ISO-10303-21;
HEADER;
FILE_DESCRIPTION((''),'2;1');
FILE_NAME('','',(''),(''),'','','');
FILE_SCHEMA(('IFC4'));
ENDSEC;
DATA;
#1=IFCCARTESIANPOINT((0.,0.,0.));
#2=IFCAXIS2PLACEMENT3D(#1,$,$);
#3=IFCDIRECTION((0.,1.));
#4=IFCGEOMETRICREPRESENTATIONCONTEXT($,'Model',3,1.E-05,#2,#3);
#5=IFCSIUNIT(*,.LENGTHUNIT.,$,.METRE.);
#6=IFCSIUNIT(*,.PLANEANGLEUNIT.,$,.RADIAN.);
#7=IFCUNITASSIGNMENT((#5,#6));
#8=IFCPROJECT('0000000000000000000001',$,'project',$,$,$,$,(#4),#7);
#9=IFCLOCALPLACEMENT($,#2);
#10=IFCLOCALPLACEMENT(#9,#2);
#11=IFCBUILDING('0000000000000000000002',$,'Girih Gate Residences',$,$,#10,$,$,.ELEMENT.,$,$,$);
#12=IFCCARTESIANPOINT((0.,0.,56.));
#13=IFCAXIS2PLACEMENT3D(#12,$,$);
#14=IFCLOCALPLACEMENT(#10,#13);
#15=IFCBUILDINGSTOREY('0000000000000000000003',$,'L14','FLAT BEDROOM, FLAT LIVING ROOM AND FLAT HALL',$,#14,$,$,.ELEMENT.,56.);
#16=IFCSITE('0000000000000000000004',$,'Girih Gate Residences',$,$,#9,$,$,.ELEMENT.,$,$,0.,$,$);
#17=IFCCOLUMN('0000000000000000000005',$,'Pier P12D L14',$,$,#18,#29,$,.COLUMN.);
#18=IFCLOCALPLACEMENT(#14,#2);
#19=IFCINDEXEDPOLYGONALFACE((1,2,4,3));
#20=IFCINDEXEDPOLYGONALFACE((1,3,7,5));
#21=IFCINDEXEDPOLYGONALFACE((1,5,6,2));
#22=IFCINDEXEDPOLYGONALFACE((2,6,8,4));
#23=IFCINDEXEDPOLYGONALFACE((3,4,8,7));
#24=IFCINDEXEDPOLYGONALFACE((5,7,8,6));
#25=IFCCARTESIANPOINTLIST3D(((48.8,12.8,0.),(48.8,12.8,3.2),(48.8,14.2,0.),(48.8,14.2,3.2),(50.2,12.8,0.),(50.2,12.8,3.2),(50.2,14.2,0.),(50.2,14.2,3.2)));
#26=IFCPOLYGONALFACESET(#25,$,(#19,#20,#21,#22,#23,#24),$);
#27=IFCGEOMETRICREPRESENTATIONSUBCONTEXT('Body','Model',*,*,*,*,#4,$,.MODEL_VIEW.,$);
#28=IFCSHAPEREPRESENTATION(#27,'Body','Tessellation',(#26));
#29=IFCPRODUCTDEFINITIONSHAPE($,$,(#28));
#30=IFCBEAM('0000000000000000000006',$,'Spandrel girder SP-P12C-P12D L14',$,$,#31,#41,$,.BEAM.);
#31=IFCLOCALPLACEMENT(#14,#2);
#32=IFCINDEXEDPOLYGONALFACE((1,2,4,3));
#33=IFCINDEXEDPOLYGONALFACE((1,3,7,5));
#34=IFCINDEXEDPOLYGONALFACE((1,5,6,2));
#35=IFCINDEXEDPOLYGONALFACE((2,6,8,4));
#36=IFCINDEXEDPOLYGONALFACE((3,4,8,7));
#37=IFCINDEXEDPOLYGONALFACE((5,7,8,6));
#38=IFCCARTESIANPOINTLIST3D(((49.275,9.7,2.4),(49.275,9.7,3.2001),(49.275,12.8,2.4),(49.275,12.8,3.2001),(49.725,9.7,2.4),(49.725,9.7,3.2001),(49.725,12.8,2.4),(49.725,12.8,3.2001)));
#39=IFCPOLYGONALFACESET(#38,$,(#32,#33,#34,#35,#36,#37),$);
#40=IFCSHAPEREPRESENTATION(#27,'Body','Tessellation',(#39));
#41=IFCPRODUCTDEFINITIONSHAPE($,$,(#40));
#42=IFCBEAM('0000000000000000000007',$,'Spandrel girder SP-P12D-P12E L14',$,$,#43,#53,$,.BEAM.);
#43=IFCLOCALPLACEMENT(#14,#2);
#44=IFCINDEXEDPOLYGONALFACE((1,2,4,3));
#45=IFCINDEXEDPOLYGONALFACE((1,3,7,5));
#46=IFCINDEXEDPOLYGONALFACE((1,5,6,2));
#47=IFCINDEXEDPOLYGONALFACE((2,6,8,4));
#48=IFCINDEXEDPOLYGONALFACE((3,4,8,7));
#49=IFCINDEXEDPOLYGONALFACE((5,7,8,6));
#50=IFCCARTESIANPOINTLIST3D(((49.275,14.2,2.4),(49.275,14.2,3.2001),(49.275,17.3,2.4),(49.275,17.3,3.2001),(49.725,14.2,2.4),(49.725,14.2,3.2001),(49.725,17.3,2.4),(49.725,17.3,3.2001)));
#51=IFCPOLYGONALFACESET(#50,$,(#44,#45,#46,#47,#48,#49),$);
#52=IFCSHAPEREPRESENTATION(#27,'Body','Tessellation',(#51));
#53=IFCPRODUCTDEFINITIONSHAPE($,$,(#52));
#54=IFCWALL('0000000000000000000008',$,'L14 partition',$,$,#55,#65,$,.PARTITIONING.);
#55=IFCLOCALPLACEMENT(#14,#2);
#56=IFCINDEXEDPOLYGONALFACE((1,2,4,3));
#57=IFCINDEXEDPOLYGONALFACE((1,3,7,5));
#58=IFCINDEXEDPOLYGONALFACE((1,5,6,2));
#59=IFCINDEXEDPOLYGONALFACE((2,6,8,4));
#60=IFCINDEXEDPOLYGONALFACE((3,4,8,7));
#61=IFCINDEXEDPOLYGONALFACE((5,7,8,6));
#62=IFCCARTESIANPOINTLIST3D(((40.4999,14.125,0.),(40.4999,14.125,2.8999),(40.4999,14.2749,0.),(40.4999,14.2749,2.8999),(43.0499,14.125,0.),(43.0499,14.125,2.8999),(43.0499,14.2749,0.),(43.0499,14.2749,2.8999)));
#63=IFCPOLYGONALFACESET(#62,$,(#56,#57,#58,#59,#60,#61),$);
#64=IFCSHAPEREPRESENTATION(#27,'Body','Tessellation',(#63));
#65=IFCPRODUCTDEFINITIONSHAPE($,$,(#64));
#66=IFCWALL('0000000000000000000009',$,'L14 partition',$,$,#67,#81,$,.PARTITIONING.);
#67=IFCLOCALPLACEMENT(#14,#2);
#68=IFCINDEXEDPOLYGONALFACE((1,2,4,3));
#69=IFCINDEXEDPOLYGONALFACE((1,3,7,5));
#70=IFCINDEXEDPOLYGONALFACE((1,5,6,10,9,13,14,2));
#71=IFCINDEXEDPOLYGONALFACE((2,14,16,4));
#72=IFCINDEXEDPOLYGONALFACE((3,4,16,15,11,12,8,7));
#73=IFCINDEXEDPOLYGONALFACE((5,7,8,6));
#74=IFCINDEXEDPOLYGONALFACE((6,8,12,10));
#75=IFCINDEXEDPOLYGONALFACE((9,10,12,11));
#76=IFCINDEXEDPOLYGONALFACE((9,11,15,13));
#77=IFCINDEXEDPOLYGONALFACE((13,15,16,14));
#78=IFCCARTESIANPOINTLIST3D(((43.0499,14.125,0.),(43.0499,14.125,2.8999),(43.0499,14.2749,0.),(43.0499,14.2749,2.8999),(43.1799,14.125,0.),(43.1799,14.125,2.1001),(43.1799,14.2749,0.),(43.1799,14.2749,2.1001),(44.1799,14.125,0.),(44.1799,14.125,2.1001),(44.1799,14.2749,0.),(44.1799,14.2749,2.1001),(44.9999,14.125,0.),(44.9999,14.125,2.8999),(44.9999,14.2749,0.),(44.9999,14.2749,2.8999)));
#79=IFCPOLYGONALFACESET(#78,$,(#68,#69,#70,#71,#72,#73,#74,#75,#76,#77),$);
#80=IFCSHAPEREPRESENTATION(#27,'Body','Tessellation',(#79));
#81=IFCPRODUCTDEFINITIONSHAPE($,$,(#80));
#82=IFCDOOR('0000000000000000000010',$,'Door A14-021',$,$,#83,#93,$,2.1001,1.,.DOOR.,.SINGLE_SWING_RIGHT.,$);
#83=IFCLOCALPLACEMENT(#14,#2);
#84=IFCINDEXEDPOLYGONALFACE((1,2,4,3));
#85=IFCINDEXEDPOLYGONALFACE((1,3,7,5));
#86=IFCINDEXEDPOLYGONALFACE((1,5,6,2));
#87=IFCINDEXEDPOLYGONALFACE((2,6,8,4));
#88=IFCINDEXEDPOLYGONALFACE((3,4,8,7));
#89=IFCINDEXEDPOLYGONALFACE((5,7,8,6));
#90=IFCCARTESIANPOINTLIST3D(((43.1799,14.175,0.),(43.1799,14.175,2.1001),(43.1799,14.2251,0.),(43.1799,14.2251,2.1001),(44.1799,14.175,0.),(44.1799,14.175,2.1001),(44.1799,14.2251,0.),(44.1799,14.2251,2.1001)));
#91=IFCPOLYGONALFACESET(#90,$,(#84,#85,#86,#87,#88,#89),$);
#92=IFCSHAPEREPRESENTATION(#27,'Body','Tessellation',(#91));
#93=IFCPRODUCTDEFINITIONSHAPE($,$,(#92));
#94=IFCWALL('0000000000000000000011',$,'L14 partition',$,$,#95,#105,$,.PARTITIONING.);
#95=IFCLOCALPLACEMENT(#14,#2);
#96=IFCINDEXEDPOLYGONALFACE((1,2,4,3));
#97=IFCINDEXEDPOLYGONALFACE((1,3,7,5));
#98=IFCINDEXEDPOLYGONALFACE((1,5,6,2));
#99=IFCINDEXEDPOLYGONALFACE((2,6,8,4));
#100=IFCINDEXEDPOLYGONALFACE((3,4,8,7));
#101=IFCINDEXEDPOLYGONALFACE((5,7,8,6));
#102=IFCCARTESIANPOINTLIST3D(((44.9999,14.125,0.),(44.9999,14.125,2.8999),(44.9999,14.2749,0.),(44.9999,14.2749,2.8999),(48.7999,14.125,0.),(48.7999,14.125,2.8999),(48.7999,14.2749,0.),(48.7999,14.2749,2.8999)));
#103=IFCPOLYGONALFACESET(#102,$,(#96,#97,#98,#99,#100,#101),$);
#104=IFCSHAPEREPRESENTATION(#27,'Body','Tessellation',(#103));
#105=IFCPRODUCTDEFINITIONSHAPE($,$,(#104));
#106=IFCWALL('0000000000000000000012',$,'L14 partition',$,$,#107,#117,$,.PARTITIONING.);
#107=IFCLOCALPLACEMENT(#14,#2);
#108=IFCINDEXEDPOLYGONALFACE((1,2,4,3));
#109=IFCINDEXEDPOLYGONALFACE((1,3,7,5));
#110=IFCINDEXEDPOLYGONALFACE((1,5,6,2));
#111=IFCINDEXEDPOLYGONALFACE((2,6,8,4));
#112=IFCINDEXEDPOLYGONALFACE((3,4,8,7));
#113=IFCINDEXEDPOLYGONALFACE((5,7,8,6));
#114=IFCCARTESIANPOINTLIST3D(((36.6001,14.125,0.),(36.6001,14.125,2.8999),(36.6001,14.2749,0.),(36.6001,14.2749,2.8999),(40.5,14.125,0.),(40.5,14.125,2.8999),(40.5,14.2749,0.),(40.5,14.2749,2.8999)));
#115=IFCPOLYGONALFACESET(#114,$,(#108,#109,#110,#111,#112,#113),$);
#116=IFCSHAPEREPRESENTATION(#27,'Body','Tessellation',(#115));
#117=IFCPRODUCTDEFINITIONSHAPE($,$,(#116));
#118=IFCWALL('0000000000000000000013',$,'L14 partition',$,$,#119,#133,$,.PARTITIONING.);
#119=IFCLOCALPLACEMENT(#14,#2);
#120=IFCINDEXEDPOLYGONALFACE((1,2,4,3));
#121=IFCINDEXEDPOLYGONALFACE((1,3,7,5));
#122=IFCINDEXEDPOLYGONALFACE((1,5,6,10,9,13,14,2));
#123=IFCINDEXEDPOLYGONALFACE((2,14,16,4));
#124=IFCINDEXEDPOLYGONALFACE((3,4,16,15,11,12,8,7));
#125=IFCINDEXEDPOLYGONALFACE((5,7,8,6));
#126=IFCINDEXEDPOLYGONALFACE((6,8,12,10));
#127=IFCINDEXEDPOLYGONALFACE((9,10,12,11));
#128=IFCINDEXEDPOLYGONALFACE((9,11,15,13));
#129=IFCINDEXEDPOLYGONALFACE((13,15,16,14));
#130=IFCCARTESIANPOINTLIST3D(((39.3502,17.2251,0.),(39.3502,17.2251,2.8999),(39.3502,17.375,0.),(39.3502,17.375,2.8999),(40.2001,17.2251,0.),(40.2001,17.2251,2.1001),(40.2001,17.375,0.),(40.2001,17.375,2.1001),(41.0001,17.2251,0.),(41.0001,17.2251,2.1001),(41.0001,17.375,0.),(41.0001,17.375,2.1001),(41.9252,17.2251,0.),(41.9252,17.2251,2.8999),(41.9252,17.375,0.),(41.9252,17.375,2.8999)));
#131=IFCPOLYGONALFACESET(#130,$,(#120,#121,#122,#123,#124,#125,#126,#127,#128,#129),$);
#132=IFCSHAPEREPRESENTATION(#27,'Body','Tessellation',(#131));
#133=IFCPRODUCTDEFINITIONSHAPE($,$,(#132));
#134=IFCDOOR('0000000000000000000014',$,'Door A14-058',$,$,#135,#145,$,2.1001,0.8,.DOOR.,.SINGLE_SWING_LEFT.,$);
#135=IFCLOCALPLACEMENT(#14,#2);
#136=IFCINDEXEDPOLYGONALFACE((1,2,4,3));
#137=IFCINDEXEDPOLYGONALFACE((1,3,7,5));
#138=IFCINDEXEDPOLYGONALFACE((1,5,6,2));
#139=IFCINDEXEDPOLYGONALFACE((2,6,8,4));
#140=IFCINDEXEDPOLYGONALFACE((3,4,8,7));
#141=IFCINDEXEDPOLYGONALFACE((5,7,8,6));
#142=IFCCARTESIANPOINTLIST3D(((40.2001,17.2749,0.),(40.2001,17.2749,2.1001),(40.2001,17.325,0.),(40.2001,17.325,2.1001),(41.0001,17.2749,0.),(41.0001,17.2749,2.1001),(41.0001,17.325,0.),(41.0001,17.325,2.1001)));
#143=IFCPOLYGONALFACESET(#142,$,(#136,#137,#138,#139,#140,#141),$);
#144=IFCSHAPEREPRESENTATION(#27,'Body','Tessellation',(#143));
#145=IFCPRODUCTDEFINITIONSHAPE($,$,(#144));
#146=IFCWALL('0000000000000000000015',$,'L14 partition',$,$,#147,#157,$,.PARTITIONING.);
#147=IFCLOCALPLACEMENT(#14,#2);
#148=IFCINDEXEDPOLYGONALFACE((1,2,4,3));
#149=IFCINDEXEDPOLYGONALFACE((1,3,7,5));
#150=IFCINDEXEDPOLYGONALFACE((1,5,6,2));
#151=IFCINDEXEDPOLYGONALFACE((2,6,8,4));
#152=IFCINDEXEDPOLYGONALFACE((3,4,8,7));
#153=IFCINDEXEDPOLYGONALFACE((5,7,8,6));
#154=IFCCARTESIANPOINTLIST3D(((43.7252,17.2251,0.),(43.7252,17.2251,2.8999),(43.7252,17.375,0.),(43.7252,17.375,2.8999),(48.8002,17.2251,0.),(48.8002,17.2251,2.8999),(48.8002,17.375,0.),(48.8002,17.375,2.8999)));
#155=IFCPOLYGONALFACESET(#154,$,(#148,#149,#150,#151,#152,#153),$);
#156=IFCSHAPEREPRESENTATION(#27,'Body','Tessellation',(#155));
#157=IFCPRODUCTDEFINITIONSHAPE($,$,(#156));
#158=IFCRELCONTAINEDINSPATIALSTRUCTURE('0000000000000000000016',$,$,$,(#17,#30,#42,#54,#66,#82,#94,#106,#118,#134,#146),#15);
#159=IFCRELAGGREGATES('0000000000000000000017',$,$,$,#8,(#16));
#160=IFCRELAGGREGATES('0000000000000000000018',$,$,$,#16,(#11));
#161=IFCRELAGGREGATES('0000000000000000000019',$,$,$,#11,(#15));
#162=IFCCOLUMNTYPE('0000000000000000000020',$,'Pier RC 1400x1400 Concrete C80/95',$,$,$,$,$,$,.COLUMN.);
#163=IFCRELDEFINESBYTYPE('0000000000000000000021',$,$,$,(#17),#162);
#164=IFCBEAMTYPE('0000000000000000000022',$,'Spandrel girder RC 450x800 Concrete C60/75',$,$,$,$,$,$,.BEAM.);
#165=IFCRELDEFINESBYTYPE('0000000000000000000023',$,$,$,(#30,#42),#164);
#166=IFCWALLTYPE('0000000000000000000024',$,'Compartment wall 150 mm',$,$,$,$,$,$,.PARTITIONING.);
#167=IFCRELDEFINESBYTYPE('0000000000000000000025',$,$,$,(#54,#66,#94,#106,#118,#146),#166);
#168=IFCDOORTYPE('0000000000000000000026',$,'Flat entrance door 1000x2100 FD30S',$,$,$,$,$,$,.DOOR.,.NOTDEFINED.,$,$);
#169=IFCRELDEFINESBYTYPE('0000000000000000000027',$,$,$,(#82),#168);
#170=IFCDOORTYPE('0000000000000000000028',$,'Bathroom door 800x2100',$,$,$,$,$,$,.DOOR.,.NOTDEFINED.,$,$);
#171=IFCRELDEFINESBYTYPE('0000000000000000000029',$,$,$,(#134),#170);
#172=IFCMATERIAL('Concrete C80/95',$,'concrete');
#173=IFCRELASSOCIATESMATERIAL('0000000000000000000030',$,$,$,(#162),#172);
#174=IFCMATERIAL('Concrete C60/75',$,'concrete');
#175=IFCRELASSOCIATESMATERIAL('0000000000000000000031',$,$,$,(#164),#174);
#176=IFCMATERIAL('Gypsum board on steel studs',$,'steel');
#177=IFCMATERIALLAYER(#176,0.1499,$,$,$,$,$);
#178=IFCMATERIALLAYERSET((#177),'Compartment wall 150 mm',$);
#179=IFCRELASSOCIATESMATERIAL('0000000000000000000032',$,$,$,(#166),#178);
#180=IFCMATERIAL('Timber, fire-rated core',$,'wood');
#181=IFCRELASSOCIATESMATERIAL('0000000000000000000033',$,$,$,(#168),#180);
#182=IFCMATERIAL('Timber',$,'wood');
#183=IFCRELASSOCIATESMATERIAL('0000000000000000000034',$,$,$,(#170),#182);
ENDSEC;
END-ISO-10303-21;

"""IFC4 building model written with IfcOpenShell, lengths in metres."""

from ifc_helpers import new_model, si_unit, direction, frame, frame_2d, origin, origin_2d, place, context, subcontext, project, spatial, rectangle, extrude, material, layer, layer_set, material_profile, profile_set, type_object, element, fill, save


model = new_model("IFC4")

# Units and contexts
model_context = context("Model", 3, precision=1e-05, world=origin(), true_north=direction((0.0, 1.0)))
body_context = subcontext(model_context, "Body", "Model", "MODEL_VIEW")
ifc_project = project(units=[si_unit("LENGTHUNIT", "METRE"), si_unit("PLANEANGLEUNIT", "RADIAN")], contexts=[model_context])

# Site, building, storey
site_placement = place(None, origin())
site = spatial("IfcSite", under=ifc_project, at=site_placement, Name="Girih Gate Residences", CompositionType="ELEMENT", RefElevation=0.0)
building_placement = place(site_placement, origin())
building = spatial("IfcBuilding", under=site, at=building_placement, Name="Girih Gate Residences", CompositionType="ELEMENT")
storey_placement = place(building_placement, frame((0.0, 0.0, 56.0)))
storey = spatial("IfcBuildingStorey", under=building, at=storey_placement, Name="L14", Description="FLAT BEDROOM, FLAT LIVING ROOM AND FLAT HALL", CompositionType="ELEMENT", Elevation=56.0)

# Column
ifc_material_1 = material(Name="Concrete C80/95", Category="concrete")
ifc_material_profile_1 = material_profile(ifc_material_1, rectangle(XDim=1.3999, YDim=1.3999, at=origin_2d()))
ifc_profile_set_1 = profile_set([ifc_material_profile_1], Name="Concrete C80/95")
column_type = type_object("IfcColumnType", Name="Pier RC 1400x1400 Concrete C80/95", PredefinedType="COLUMN", material=ifc_profile_set_1)
column_placement = place(storey_placement, frame((49.5, 13.5, 0.0), z_axis=(0.0, 0.0, 1.0), x_axis=(1.0, 0.0, 0.0)))
element("IfcColumn", 1, at=column_placement, inside=storey, type_object=column_type, Name="Pier P12D L14", PredefinedType="COLUMN", context=body_context, shape_type="SweptSolid", body=[
    extrude(rectangle(XDim=1.3999, YDim=1.3999, at=origin_2d()), origin(), (0.0, 0.0, 1.0), 3.2),
])

# Beams
ifc_material_2 = material(Name="Concrete C60/75", Category="concrete")
ifc_material_profile_2 = material_profile(ifc_material_2, rectangle(XDim=0.45, YDim=0.8, at=origin_2d()))
ifc_profile_set_2 = profile_set([ifc_material_profile_2], Name="Concrete C60/75")
beam_type = type_object("IfcBeamType", Name="Spandrel girder RC 450x800 Concrete C60/75", PredefinedType="BEAM", material=ifc_profile_set_2)
for number, where, z_axis, x_axis, name in (
    (2, (49.5, 9.7, 2.8), (0.0, 1.0, 0.0), (-1.0, 0.0, 0.0), "Spandrel girder SP-P12C-P12D L14"),
    (3, (49.5, 14.2, 2.8), (0.0, 1.0, 0.0), (-1.0, 0.0, 0.0), "Spandrel girder SP-P12D-P12E L14"),
):
    element("IfcBeam", number, at=place(storey_placement, frame(where, z_axis=z_axis, x_axis=x_axis)), inside=storey, type_object=beam_type, Name=name, PredefinedType="BEAM", context=body_context, shape_type="SweptSolid", body=[
        extrude(rectangle(XDim=0.45, YDim=0.8, at=origin_2d()), origin(), (0.0, 0.0, 1.0), 3.1001),
    ])

# Wall
ifc_material_3 = material(Name="Gypsum board on steel studs", Category="steel")
ifc_layer_1 = layer(ifc_material_3, 0.1499)
ifc_layer_set_1 = layer_set([ifc_layer_1], Name="Compartment wall 150 mm")
wall_type_1 = type_object("IfcWallType", Name="Compartment wall 150 mm", PredefinedType="PARTITIONING", material=ifc_layer_set_1)
wall_1_placement = place(storey_placement, frame((40.5, 14.2, 0.0), z_axis=(0.0, 0.0, 1.0), x_axis=(1.0, 0.0, 0.0)))
element("IfcWall", 4, at=wall_1_placement, inside=storey, type_object=wall_type_1, Name="L14 partition", PredefinedType="PARTITIONING", context=body_context, shape_type="SweptSolid", body=[
    extrude(rectangle(XDim=2.55, YDim=0.1499, at=frame_2d((1.2749, 0.0))), origin(), (0.0, 0.0, 1.0), 2.8999),
])

# Wall, opening, door
wall_2_placement = place(storey_placement, frame((45.0, 14.2, 0.0), z_axis=(0.0, 0.0, 1.0), x_axis=(-1.0, 0.0, 0.0)))
wall_2 = element("IfcWall", 5, at=wall_2_placement, inside=storey, type_object=wall_type_1, Name="L14 partition", PredefinedType="PARTITIONING", context=body_context, shape_type="SweptSolid", body=[
    extrude(rectangle(XDim=1.95, YDim=0.1499, at=frame_2d((0.9751, 0.0))), origin(), (0.0, 0.0, 1.0), 2.8999),
])
opening_1_placement = place(wall_2_placement, frame((0.8201, 0.0, 0.0)))
opening_1 = element("IfcOpeningElement", 6, at=opening_1_placement, cuts=wall_2, PredefinedType="OPENING", context=body_context, shape_type="SweptSolid", body=[
    extrude(rectangle(XDim=1.0, YDim=2.1001, at=frame_2d((0.5, 1.05))), frame((0.0, 0.085, 0.0), z_axis=(0.0, -1.0, 0.0), x_axis=(1.0, 0.0, 0.0)), (0.0, 0.0, 1.0), 0.1699),
])
ifc_material_4 = material(Name="Timber, fire-rated core", Category="wood")
door_type_1 = type_object("IfcDoorType", Name="Flat entrance door 1000x2100 FD30S", OperationType="NOTDEFINED", PredefinedType="DOOR", material=ifc_material_4)
door_1_placement = place(opening_1_placement, origin())
door_1 = element("IfcDoor", 7, at=door_1_placement, inside=storey, type_object=door_type_1, Name="Door A14-021", OperationType="SINGLE_SWING_RIGHT", OverallHeight=2.1001, OverallWidth=1.0, PredefinedType="DOOR", context=body_context, shape_type="SweptSolid", body=[
    extrude(rectangle(XDim=1.0, YDim=2.1001, at=frame_2d((0.5, 1.05))), frame((0.0, 0.0249, 0.0), z_axis=(0.0, -1.0, 0.0), x_axis=(1.0, 0.0, 0.0)), (0.0, 0.0, 1.0), 0.05),
])
fill(opening_1, door_1)

# Walls
wall_3_placement = place(storey_placement, frame((45.0, 14.2, 0.0), z_axis=(0.0, 0.0, 1.0), x_axis=(1.0, 0.0, 0.0)))
element("IfcWall", 8, at=wall_3_placement, inside=storey, type_object=wall_type_1, Name="L14 partition", PredefinedType="PARTITIONING", context=body_context, shape_type="SweptSolid", body=[
    extrude(rectangle(XDim=3.8, YDim=0.1499, at=frame_2d((1.8999, 0.0))), origin(), (0.0, 0.0, 1.0), 2.8999),
])
wall_4_placement = place(storey_placement, frame((36.6001, 14.2, 0.0), z_axis=(0.0, 0.0, 1.0), x_axis=(1.0, 0.0, 0.0)))
element("IfcWall", 9, at=wall_4_placement, inside=storey, type_object=wall_type_1, Name="L14 partition", PredefinedType="PARTITIONING", context=body_context, shape_type="SweptSolid", body=[
    extrude(rectangle(XDim=3.8999, YDim=0.1499, at=frame_2d((1.95, 0.0))), origin(), (0.0, 0.0, 1.0), 2.8999),
])

# Wall, opening, door
wall_5_placement = place(storey_placement, frame((39.3501, 17.3, 0.0), z_axis=(0.0, 0.0, 1.0), x_axis=(1.0, 0.0, 0.0)))
wall_5 = element("IfcWall", 10, at=wall_5_placement, inside=storey, type_object=wall_type_1, Name="L14 partition", PredefinedType="PARTITIONING", context=body_context, shape_type="SweptSolid", body=[
    extrude(rectangle(XDim=2.575, YDim=0.1499, at=frame_2d((1.2876, 0.0))), origin(), (0.0, 0.0, 1.0), 2.8999),
])
opening_2_placement = place(wall_5_placement, frame((0.8501, 0.0, 0.0)))
opening_2 = element("IfcOpeningElement", 11, at=opening_2_placement, cuts=wall_5, PredefinedType="OPENING", context=body_context, shape_type="SweptSolid", body=[
    extrude(rectangle(XDim=0.8, YDim=2.1001, at=frame_2d((0.3999, 1.05))), frame((0.0, 0.085, 0.0), z_axis=(0.0, -1.0, 0.0), x_axis=(1.0, 0.0, 0.0)), (0.0, 0.0, 1.0), 0.1699),
])
ifc_material_5 = material(Name="Timber", Category="wood")
door_type_2 = type_object("IfcDoorType", Name="Bathroom door 800x2100", OperationType="NOTDEFINED", PredefinedType="DOOR", material=ifc_material_5)
door_2_placement = place(opening_2_placement, origin())
door_2 = element("IfcDoor", 12, at=door_2_placement, inside=storey, type_object=door_type_2, Name="Door A14-058", OperationType="SINGLE_SWING_LEFT", OverallHeight=2.1001, OverallWidth=0.8, PredefinedType="DOOR", context=body_context, shape_type="SweptSolid", body=[
    extrude(rectangle(XDim=0.8, YDim=2.1001, at=frame_2d((0.3999, 1.05))), frame((0.0, 0.0249, 0.0), z_axis=(0.0, -1.0, 0.0), x_axis=(1.0, 0.0, 0.0)), (0.0, 0.0, 1.0), 0.05),
])
fill(opening_2, door_2)

# Wall
wall_6_placement = place(storey_placement, frame((43.7251, 17.3, 0.0), z_axis=(0.0, 0.0, 1.0), x_axis=(1.0, 0.0, 0.0)))
element("IfcWall", 13, at=wall_6_placement, inside=storey, type_object=wall_type_1, Name="L14 partition", PredefinedType="PARTITIONING", context=body_context, shape_type="SweptSolid", body=[
    extrude(rectangle(XDim=5.075, YDim=0.1499, at=frame_2d((2.5376, 0.0))), origin(), (0.0, 0.0, 1.0), 2.8999),
])

save(model, "model.ifc")
